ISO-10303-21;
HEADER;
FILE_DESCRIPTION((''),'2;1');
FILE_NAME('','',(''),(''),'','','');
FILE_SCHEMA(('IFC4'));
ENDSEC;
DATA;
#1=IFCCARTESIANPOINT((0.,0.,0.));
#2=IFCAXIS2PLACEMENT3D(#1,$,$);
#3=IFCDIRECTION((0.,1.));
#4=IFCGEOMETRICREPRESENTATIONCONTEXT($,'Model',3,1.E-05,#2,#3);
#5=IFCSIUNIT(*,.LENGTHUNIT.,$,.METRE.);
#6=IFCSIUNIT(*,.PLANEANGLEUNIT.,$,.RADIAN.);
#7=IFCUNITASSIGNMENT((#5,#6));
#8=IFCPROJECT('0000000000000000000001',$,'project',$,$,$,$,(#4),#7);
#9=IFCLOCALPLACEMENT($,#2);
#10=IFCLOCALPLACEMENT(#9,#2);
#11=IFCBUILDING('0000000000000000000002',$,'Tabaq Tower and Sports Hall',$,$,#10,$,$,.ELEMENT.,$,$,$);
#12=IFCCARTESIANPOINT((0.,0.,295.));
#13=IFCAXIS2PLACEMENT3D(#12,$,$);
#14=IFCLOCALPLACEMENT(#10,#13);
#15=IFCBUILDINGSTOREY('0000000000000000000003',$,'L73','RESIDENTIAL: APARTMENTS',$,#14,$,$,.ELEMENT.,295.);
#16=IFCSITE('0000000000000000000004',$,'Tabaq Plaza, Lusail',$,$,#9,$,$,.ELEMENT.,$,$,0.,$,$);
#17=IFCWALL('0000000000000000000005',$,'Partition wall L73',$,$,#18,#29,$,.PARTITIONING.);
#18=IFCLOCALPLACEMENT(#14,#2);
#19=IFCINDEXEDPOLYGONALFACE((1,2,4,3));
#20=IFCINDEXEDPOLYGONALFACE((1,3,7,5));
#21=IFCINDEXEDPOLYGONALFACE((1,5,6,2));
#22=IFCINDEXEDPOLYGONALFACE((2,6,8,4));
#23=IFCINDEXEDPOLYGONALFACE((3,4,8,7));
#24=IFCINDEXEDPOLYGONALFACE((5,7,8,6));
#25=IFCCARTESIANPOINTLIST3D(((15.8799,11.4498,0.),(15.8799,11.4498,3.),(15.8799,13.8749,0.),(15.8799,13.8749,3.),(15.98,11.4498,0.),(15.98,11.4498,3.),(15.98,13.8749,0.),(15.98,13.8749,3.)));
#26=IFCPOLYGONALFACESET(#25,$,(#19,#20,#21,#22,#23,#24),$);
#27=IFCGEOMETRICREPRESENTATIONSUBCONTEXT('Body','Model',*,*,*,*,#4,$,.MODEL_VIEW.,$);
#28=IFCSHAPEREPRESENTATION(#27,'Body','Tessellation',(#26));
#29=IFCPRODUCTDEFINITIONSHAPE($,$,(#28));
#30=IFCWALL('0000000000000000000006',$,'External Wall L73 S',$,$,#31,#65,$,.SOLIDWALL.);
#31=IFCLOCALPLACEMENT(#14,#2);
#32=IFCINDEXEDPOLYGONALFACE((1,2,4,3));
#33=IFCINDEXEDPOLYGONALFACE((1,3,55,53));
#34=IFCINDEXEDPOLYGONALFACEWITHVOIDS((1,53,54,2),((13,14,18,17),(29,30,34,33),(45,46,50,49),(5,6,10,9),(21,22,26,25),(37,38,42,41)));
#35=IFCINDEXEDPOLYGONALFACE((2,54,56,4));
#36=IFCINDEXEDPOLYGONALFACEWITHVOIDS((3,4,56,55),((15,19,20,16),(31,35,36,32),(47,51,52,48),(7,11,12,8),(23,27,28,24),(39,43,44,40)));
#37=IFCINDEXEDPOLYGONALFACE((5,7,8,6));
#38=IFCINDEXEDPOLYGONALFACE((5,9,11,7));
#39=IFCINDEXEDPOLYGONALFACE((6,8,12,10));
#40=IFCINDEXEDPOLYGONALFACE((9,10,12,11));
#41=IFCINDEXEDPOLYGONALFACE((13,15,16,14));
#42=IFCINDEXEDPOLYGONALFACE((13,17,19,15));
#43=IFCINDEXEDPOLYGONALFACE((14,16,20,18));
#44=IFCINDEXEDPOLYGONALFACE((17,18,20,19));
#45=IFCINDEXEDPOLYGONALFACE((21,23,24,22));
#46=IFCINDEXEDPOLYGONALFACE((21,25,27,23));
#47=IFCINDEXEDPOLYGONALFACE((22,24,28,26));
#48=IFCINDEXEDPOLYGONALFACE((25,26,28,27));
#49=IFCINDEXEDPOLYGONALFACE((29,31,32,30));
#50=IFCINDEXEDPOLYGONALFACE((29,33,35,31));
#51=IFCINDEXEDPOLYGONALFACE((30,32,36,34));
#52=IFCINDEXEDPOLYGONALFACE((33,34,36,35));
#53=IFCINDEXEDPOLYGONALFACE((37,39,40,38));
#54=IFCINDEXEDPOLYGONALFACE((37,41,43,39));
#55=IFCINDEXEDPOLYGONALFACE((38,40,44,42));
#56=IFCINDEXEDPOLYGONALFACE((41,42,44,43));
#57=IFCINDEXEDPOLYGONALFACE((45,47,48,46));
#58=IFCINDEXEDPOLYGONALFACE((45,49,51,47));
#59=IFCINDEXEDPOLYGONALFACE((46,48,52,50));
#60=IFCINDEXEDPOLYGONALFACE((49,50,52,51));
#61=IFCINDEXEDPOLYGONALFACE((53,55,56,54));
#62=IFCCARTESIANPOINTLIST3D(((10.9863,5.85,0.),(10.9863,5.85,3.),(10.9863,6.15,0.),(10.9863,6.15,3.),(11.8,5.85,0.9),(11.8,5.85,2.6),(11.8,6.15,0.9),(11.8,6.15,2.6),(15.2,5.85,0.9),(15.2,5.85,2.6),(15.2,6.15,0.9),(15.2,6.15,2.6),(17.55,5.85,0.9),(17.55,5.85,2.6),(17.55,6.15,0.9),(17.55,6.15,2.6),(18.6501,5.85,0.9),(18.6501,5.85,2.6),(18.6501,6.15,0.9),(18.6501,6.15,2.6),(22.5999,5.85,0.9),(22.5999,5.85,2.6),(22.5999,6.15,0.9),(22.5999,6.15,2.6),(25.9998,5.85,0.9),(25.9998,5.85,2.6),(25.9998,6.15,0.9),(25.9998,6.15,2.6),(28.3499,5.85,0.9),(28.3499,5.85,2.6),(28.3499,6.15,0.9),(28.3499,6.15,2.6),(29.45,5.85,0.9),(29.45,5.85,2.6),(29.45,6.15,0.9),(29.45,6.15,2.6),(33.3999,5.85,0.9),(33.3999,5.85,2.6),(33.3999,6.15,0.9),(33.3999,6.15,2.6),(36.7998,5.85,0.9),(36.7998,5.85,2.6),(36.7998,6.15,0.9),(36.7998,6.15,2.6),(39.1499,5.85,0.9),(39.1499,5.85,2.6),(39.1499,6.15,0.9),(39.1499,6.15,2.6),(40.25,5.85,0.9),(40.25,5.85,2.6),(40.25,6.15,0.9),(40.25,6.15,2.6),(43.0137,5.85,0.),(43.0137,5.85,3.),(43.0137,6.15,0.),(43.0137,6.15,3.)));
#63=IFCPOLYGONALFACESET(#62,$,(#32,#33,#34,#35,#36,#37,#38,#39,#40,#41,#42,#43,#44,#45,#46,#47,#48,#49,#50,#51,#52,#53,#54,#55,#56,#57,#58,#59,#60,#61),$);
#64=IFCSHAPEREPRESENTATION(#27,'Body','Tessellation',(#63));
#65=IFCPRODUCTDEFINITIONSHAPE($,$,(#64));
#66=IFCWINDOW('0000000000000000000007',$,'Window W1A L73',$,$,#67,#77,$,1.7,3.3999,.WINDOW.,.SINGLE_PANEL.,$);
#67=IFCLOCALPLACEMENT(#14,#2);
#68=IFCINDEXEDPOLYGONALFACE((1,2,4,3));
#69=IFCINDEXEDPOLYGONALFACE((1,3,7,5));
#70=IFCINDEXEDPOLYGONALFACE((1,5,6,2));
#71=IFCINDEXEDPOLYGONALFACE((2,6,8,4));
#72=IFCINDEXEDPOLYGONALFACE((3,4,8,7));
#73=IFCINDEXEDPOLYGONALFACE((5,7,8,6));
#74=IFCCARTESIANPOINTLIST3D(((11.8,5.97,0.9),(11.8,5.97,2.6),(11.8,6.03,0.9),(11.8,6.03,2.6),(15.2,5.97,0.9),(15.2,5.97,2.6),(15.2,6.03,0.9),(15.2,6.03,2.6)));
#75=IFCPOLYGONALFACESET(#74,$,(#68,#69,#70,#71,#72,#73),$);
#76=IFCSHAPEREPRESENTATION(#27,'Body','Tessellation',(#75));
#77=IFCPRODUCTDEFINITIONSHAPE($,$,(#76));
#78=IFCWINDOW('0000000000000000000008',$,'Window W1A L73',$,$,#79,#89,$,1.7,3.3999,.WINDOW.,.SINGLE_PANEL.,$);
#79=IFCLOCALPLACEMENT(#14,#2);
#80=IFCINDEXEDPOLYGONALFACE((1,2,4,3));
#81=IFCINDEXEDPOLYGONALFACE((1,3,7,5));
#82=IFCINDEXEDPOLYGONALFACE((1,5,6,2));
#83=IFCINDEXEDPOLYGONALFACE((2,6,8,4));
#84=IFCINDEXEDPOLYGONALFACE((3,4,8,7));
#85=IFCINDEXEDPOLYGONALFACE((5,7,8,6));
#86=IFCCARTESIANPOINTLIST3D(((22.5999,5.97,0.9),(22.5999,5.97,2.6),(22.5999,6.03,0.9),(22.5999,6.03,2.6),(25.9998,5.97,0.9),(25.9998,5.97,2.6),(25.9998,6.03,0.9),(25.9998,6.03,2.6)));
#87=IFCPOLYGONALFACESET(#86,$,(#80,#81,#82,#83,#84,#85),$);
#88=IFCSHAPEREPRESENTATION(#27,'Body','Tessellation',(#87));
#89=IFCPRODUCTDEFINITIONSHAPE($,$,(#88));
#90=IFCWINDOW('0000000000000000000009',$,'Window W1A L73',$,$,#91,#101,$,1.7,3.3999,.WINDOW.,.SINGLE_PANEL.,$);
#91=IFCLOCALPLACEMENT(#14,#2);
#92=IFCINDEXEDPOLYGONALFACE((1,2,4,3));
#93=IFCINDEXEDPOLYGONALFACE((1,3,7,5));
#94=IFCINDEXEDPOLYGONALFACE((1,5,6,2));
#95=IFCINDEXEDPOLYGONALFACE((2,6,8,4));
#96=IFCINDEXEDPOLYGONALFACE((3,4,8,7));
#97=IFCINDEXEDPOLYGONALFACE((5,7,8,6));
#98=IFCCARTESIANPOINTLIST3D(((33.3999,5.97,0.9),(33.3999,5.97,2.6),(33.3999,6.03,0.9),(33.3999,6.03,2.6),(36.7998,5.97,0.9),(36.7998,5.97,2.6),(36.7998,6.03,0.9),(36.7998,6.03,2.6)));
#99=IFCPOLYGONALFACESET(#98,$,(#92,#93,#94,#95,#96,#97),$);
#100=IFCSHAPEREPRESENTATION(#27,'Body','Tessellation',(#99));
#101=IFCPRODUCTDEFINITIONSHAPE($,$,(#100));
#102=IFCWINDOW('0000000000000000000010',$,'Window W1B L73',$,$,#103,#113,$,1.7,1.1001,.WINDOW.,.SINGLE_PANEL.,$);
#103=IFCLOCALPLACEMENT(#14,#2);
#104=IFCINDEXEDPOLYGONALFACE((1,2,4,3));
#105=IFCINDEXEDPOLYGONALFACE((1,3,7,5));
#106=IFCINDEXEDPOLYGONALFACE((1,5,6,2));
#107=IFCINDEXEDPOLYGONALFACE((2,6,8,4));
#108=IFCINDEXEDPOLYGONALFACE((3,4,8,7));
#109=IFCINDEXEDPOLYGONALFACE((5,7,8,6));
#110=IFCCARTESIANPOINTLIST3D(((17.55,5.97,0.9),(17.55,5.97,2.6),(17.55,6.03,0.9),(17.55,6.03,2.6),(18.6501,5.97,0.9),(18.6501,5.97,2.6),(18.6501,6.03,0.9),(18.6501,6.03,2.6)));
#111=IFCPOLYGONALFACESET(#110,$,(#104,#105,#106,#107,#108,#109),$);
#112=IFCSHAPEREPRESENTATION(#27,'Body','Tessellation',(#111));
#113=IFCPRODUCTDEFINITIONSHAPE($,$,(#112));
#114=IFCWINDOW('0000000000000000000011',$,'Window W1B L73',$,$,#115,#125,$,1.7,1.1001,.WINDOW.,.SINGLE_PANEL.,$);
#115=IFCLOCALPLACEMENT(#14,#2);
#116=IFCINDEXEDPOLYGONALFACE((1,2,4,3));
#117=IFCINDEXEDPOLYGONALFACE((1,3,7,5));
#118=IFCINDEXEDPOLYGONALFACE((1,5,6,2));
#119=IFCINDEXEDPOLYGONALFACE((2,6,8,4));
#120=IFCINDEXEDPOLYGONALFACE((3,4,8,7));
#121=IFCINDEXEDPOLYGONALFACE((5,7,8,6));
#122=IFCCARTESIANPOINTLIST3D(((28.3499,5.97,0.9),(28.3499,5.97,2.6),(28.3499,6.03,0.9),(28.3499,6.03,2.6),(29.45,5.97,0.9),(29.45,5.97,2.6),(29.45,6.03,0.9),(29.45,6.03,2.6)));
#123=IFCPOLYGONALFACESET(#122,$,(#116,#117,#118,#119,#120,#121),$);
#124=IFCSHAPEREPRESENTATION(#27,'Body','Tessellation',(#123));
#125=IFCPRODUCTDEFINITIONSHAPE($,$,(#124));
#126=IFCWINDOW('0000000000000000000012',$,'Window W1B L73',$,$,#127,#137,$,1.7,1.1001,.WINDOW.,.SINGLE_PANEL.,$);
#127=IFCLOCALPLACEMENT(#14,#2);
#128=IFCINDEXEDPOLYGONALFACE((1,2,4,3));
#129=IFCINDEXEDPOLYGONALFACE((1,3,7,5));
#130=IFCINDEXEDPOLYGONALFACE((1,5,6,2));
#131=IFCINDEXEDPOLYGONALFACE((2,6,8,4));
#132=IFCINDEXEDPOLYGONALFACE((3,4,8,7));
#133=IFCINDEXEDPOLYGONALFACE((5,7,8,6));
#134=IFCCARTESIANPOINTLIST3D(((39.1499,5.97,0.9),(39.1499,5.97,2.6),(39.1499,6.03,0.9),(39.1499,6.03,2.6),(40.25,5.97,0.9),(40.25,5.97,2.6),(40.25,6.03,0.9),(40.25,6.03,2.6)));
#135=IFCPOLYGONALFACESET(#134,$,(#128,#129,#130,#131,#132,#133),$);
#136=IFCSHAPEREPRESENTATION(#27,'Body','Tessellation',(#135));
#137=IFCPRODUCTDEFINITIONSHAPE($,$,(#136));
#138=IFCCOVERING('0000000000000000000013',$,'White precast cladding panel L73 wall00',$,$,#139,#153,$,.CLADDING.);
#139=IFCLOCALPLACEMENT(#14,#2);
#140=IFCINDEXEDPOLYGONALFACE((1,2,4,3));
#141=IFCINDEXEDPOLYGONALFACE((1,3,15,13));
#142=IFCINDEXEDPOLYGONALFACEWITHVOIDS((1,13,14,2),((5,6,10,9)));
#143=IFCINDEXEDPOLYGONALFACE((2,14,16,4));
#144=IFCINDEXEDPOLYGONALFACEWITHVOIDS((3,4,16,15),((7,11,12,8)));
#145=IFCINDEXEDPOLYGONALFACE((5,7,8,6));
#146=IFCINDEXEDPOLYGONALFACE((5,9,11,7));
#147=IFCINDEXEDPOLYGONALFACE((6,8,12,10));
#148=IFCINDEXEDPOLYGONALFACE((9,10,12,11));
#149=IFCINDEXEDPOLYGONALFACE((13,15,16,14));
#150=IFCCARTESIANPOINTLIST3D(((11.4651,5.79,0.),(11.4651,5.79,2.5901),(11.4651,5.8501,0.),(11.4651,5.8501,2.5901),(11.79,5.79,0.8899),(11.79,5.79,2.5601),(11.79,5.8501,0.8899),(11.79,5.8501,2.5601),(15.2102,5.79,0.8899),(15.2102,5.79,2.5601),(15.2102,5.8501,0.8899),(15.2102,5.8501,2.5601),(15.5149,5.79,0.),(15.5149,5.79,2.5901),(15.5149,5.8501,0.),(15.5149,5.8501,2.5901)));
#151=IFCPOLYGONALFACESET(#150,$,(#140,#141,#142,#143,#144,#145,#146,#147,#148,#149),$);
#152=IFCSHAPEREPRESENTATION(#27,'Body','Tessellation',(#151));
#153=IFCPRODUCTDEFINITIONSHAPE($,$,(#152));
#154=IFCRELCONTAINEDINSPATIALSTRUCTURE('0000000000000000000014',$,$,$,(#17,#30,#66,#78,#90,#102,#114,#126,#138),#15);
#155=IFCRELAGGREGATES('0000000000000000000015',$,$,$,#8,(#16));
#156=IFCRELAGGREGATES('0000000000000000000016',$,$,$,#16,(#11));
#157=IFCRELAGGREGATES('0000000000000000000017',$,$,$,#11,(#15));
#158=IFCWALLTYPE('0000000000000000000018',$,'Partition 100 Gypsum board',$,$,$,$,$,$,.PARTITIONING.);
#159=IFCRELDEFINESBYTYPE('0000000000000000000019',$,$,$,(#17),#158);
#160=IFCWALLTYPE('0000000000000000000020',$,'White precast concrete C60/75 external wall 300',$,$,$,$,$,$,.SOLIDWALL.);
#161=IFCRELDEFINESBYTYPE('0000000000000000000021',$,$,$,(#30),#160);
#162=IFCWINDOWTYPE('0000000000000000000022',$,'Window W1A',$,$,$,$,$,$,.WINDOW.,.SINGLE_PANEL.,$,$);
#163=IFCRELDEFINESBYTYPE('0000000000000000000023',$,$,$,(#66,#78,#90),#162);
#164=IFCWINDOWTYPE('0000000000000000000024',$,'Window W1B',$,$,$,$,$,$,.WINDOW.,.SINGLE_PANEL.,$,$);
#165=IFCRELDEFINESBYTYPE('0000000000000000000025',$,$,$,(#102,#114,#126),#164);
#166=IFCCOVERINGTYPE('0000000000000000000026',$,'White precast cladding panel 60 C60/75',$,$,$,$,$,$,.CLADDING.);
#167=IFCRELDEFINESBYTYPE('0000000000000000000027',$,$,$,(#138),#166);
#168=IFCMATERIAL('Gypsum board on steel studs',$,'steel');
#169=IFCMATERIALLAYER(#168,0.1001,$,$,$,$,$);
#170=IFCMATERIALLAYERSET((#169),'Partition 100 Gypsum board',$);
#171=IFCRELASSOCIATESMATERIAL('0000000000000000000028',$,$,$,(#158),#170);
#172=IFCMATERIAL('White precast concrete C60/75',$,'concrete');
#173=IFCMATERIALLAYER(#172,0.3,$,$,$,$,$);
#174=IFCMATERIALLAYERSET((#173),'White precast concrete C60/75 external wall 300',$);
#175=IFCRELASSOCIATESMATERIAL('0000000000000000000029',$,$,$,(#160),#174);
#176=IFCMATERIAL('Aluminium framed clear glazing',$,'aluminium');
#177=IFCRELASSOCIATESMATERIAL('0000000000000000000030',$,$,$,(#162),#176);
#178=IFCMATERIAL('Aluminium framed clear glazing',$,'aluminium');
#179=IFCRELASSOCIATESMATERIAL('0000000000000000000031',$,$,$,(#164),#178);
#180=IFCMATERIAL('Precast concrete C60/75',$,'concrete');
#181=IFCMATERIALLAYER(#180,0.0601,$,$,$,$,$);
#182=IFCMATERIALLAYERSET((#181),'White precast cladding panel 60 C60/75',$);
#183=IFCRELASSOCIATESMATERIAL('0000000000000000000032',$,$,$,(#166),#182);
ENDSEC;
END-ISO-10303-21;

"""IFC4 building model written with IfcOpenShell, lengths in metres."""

from ifc_helpers import new_model, si_unit, direction, frame, frame_2d, origin, place, context, subcontext, project, spatial, polyline, rectangle, outline, extrude, material, layer, layer_set, type_object, element, fill, save


model = new_model("IFC4")

# Units and contexts
model_context = context("Model", 3, precision=1e-05, world=origin(), true_north=direction((0.0, 1.0)))
body_context = subcontext(model_context, "Body", "Model", "MODEL_VIEW")
ifc_project = project(units=[si_unit("LENGTHUNIT", "METRE"), si_unit("PLANEANGLEUNIT", "RADIAN")], contexts=[model_context])

# Site, building, storey
site_placement = place(None, origin())
site = spatial("IfcSite", under=ifc_project, at=site_placement, Name="Tabaq Plaza, Lusail", CompositionType="ELEMENT", RefElevation=0.0)
building_placement = place(site_placement, origin())
building = spatial("IfcBuilding", under=site, at=building_placement, Name="Tabaq Tower and Sports Hall", CompositionType="ELEMENT")
storey_placement = place(building_placement, frame((0.0, 0.0, 295.0)))
storey = spatial("IfcBuildingStorey", under=building, at=storey_placement, Name="L73", Description="RESIDENTIAL: APARTMENTS", CompositionType="ELEMENT", Elevation=295.0)

# Shared definitions
ifc_material_1 = material(Name="Gypsum board on steel studs", Category="steel")
ifc_layer_1 = layer(ifc_material_1, 0.1001)
ifc_layer_set_1 = layer_set([ifc_layer_1], Name="Partition 100 Gypsum board")
wall_type_1 = type_object("IfcWallType", Name="Partition 100 Gypsum board", PredefinedType="PARTITIONING", material=ifc_layer_set_1)

# Wall
wall_1_placement = place(storey_placement, frame((15.9299, 11.45, 0.0), z_axis=(0.0, 0.0, 1.0), x_axis=(0.0, 1.0, 0.0)))
element("IfcWall", 1, at=wall_1_placement, inside=storey, type_object=wall_type_1, Name="Partition wall L73", PredefinedType="PARTITIONING", context=body_context, shape_type="SweptSolid", body=[
    extrude(rectangle(XDim=2.425, YDim=0.1001, at=frame_2d((1.2124, 0.0))), origin(), (0.0, 0.0, 1.0), 3.0),
])

# Wall, openings, windows
ifc_material_2 = material(Name="White precast concrete C60/75", Category="concrete")
ifc_layer_2 = layer(ifc_material_2, 0.3)
ifc_layer_set_2 = layer_set([ifc_layer_2], Name="White precast concrete C60/75 external wall 300")
wall_type_2 = type_object("IfcWallType", Name="White precast concrete C60/75 external wall 300", PredefinedType="SOLIDWALL", material=ifc_layer_set_2)
wall_2_placement = place(storey_placement, frame((10.9863, 6.0, 0.0), z_axis=(0.0, 0.0, 1.0), x_axis=(1.0, 0.0, 0.0)))
wall_2 = element("IfcWall", 2, at=wall_2_placement, inside=storey, type_object=wall_type_2, Name="External Wall L73 S", PredefinedType="SOLIDWALL", context=body_context, shape_type="SweptSolid", body=[
    extrude(rectangle(XDim=32.0273, YDim=0.3, at=frame_2d((16.0137, 0.0))), origin(), (0.0, 0.0, 1.0), 3.0),
])
opening_1_placement = place(wall_2_placement, frame((0.8137, 0.0, 0.8999)))
opening_1 = element("IfcOpeningElement", 3, at=opening_1_placement, cuts=wall_2, PredefinedType="OPENING", context=body_context, shape_type="SweptSolid", body=[
    extrude(rectangle(XDim=3.3999, YDim=1.7, at=frame_2d((1.7, 0.8501))), frame((0.0, 0.1602, 0.0), z_axis=(0.0, -1.0, 0.0), x_axis=(1.0, 0.0, 0.0)), (0.0, 0.0, 1.0), 0.3201),
])
opening_2_placement = place(wall_2_placement, frame((6.5637, 0.0, 0.8999)))
opening_2 = element("IfcOpeningElement", 4, at=opening_2_placement, cuts=wall_2, PredefinedType="OPENING", context=body_context, shape_type="SweptSolid", body=[
    extrude(rectangle(XDim=1.1001, YDim=1.7, at=frame_2d((0.55, 0.8501))), frame((0.0, 0.1602, 0.0), z_axis=(0.0, -1.0, 0.0), x_axis=(1.0, 0.0, 0.0)), (0.0, 0.0, 1.0), 0.3201),
])
opening_3_placement = place(wall_2_placement, frame((11.6135, 0.0, 0.8999)))
opening_3 = element("IfcOpeningElement", 5, at=opening_3_placement, cuts=wall_2, PredefinedType="OPENING", context=body_context, shape_type="SweptSolid", body=[
    extrude(rectangle(XDim=3.3999, YDim=1.7, at=frame_2d((1.7, 0.8501))), frame((0.0, 0.1602, 0.0), z_axis=(0.0, -1.0, 0.0), x_axis=(1.0, 0.0, 0.0)), (0.0, 0.0, 1.0), 0.3201),
])
opening_4_placement = place(wall_2_placement, frame((17.3635, 0.0, 0.8999)))
opening_4 = element("IfcOpeningElement", 6, at=opening_4_placement, cuts=wall_2, PredefinedType="OPENING", context=body_context, shape_type="SweptSolid", body=[
    extrude(rectangle(XDim=1.1001, YDim=1.7, at=frame_2d((0.55, 0.8501))), frame((0.0, 0.1602, 0.0), z_axis=(0.0, -1.0, 0.0), x_axis=(1.0, 0.0, 0.0)), (0.0, 0.0, 1.0), 0.3201),
])
opening_5_placement = place(wall_2_placement, frame((22.4136, 0.0, 0.8999)))
opening_5 = element("IfcOpeningElement", 7, at=opening_5_placement, cuts=wall_2, PredefinedType="OPENING", context=body_context, shape_type="SweptSolid", body=[
    extrude(rectangle(XDim=3.3999, YDim=1.7, at=frame_2d((1.7, 0.8501))), frame((0.0, 0.1602, 0.0), z_axis=(0.0, -1.0, 0.0), x_axis=(1.0, 0.0, 0.0)), (0.0, 0.0, 1.0), 0.3201),
])
opening_6_placement = place(wall_2_placement, frame((28.1636, 0.0, 0.8999)))
opening_6 = element("IfcOpeningElement", 8, at=opening_6_placement, cuts=wall_2, PredefinedType="OPENING", context=body_context, shape_type="SweptSolid", body=[
    extrude(rectangle(XDim=1.1001, YDim=1.7, at=frame_2d((0.55, 0.8501))), frame((0.0, 0.1602, 0.0), z_axis=(0.0, -1.0, 0.0), x_axis=(1.0, 0.0, 0.0)), (0.0, 0.0, 1.0), 0.3201),
])
ifc_material_3 = material(Name="Aluminium framed clear glazing", Category="aluminium")
window_type_1 = type_object("IfcWindowType", Name="Window W1A", PartitioningType="SINGLE_PANEL", PredefinedType="WINDOW", material=ifc_material_3)
window_1_placement = place(opening_1_placement, origin())
window_1 = element("IfcWindow", 9, at=window_1_placement, inside=storey, type_object=window_type_1, Name="Window W1A L73", OverallHeight=1.7, OverallWidth=3.3999, PartitioningType="SINGLE_PANEL", PredefinedType="WINDOW", context=body_context, shape_type="SweptSolid", body=[
    extrude(rectangle(XDim=3.3999, YDim=1.7, at=frame_2d((1.7, 0.8501))), frame((0.0, 0.03, 0.0), z_axis=(0.0, -1.0, 0.0), x_axis=(1.0, 0.0, 0.0)), (0.0, 0.0, 1.0), 0.0601),
])
fill(opening_1, window_1)
window_2_placement = place(opening_3_placement, origin())
window_2 = element("IfcWindow", 10, at=window_2_placement, inside=storey, type_object=window_type_1, Name="Window W1A L73", OverallHeight=1.7, OverallWidth=3.3999, PartitioningType="SINGLE_PANEL", PredefinedType="WINDOW", context=body_context, shape_type="SweptSolid", body=[
    extrude(rectangle(XDim=3.3999, YDim=1.7, at=frame_2d((1.7, 0.8501))), frame((0.0, 0.03, 0.0), z_axis=(0.0, -1.0, 0.0), x_axis=(1.0, 0.0, 0.0)), (0.0, 0.0, 1.0), 0.0601),
])
fill(opening_3, window_2)
window_3_placement = place(opening_5_placement, origin())
window_3 = element("IfcWindow", 11, at=window_3_placement, inside=storey, type_object=window_type_1, Name="Window W1A L73", OverallHeight=1.7, OverallWidth=3.3999, PartitioningType="SINGLE_PANEL", PredefinedType="WINDOW", context=body_context, shape_type="SweptSolid", body=[
    extrude(rectangle(XDim=3.3999, YDim=1.7, at=frame_2d((1.7, 0.8501))), frame((0.0, 0.03, 0.0), z_axis=(0.0, -1.0, 0.0), x_axis=(1.0, 0.0, 0.0)), (0.0, 0.0, 1.0), 0.0601),
])
fill(opening_5, window_3)
ifc_material_4 = material(Name="Aluminium framed clear glazing", Category="aluminium")
window_type_2 = type_object("IfcWindowType", Name="Window W1B", PartitioningType="SINGLE_PANEL", PredefinedType="WINDOW", material=ifc_material_4)
window_4_placement = place(opening_2_placement, origin())
window_4 = element("IfcWindow", 12, at=window_4_placement, inside=storey, type_object=window_type_2, Name="Window W1B L73", OverallHeight=1.7, OverallWidth=1.1001, PartitioningType="SINGLE_PANEL", PredefinedType="WINDOW", context=body_context, shape_type="SweptSolid", body=[
    extrude(rectangle(XDim=1.1001, YDim=1.7, at=frame_2d((0.55, 0.8501))), frame((0.0, 0.03, 0.0), z_axis=(0.0, -1.0, 0.0), x_axis=(1.0, 0.0, 0.0)), (0.0, 0.0, 1.0), 0.0601),
])
fill(opening_2, window_4)
window_5_placement = place(opening_4_placement, origin())
window_5 = element("IfcWindow", 13, at=window_5_placement, inside=storey, type_object=window_type_2, Name="Window W1B L73", OverallHeight=1.7, OverallWidth=1.1001, PartitioningType="SINGLE_PANEL", PredefinedType="WINDOW", context=body_context, shape_type="SweptSolid", body=[
    extrude(rectangle(XDim=1.1001, YDim=1.7, at=frame_2d((0.55, 0.8501))), frame((0.0, 0.03, 0.0), z_axis=(0.0, -1.0, 0.0), x_axis=(1.0, 0.0, 0.0)), (0.0, 0.0, 1.0), 0.0601),
])
fill(opening_4, window_5)
window_6_placement = place(opening_6_placement, origin())
window_6 = element("IfcWindow", 14, at=window_6_placement, inside=storey, type_object=window_type_2, Name="Window W1B L73", OverallHeight=1.7, OverallWidth=1.1001, PartitioningType="SINGLE_PANEL", PredefinedType="WINDOW", context=body_context, shape_type="SweptSolid", body=[
    extrude(rectangle(XDim=1.1001, YDim=1.7, at=frame_2d((0.55, 0.8501))), frame((0.0, 0.03, 0.0), z_axis=(0.0, -1.0, 0.0), x_axis=(1.0, 0.0, 0.0)), (0.0, 0.0, 1.0), 0.0601),
])
fill(opening_6, window_6)

# Covering
ifc_material_5 = material(Name="Precast concrete C60/75", Category="concrete")
ifc_layer_3 = layer(ifc_material_5, 0.0601)
ifc_layer_set_3 = layer_set([ifc_layer_3], Name="White precast cladding panel 60 C60/75")
covering_type = type_object("IfcCoveringType", Name="White precast cladding panel 60 C60/75", PredefinedType="CLADDING", material=ifc_layer_set_3)
covering_placement = place(storey_placement, frame((11.4651, 5.8201, 0.0), z_axis=(0.0, 0.0, 1.0), x_axis=(1.0, 0.0, 0.0)))
element("IfcCovering", 15, at=covering_placement, inside=storey, type_object=covering_type, Name="White precast cladding panel L73 wall00", PredefinedType="CLADDING", context=body_context, shape_type="SweptSolid", body=[
    extrude(outline(polyline([(0.0, 0.0), (4.0498, 0.0), (4.0498, 2.5901), (0.0, 2.5901), (0.0, 0.0)]), holes=[polyline([(3.7451, 0.8899), (0.325, 0.8899), (0.325, 2.5601), (3.7451, 2.5601), (3.7451, 0.8899)])]), frame((0.0, 0.03, 0.0), z_axis=(0.0, -1.0, 0.0), x_axis=(1.0, 0.0, 0.0)), (0.0, 0.0, 1.0), 0.0601),
])

save(model, "model.ifc")
